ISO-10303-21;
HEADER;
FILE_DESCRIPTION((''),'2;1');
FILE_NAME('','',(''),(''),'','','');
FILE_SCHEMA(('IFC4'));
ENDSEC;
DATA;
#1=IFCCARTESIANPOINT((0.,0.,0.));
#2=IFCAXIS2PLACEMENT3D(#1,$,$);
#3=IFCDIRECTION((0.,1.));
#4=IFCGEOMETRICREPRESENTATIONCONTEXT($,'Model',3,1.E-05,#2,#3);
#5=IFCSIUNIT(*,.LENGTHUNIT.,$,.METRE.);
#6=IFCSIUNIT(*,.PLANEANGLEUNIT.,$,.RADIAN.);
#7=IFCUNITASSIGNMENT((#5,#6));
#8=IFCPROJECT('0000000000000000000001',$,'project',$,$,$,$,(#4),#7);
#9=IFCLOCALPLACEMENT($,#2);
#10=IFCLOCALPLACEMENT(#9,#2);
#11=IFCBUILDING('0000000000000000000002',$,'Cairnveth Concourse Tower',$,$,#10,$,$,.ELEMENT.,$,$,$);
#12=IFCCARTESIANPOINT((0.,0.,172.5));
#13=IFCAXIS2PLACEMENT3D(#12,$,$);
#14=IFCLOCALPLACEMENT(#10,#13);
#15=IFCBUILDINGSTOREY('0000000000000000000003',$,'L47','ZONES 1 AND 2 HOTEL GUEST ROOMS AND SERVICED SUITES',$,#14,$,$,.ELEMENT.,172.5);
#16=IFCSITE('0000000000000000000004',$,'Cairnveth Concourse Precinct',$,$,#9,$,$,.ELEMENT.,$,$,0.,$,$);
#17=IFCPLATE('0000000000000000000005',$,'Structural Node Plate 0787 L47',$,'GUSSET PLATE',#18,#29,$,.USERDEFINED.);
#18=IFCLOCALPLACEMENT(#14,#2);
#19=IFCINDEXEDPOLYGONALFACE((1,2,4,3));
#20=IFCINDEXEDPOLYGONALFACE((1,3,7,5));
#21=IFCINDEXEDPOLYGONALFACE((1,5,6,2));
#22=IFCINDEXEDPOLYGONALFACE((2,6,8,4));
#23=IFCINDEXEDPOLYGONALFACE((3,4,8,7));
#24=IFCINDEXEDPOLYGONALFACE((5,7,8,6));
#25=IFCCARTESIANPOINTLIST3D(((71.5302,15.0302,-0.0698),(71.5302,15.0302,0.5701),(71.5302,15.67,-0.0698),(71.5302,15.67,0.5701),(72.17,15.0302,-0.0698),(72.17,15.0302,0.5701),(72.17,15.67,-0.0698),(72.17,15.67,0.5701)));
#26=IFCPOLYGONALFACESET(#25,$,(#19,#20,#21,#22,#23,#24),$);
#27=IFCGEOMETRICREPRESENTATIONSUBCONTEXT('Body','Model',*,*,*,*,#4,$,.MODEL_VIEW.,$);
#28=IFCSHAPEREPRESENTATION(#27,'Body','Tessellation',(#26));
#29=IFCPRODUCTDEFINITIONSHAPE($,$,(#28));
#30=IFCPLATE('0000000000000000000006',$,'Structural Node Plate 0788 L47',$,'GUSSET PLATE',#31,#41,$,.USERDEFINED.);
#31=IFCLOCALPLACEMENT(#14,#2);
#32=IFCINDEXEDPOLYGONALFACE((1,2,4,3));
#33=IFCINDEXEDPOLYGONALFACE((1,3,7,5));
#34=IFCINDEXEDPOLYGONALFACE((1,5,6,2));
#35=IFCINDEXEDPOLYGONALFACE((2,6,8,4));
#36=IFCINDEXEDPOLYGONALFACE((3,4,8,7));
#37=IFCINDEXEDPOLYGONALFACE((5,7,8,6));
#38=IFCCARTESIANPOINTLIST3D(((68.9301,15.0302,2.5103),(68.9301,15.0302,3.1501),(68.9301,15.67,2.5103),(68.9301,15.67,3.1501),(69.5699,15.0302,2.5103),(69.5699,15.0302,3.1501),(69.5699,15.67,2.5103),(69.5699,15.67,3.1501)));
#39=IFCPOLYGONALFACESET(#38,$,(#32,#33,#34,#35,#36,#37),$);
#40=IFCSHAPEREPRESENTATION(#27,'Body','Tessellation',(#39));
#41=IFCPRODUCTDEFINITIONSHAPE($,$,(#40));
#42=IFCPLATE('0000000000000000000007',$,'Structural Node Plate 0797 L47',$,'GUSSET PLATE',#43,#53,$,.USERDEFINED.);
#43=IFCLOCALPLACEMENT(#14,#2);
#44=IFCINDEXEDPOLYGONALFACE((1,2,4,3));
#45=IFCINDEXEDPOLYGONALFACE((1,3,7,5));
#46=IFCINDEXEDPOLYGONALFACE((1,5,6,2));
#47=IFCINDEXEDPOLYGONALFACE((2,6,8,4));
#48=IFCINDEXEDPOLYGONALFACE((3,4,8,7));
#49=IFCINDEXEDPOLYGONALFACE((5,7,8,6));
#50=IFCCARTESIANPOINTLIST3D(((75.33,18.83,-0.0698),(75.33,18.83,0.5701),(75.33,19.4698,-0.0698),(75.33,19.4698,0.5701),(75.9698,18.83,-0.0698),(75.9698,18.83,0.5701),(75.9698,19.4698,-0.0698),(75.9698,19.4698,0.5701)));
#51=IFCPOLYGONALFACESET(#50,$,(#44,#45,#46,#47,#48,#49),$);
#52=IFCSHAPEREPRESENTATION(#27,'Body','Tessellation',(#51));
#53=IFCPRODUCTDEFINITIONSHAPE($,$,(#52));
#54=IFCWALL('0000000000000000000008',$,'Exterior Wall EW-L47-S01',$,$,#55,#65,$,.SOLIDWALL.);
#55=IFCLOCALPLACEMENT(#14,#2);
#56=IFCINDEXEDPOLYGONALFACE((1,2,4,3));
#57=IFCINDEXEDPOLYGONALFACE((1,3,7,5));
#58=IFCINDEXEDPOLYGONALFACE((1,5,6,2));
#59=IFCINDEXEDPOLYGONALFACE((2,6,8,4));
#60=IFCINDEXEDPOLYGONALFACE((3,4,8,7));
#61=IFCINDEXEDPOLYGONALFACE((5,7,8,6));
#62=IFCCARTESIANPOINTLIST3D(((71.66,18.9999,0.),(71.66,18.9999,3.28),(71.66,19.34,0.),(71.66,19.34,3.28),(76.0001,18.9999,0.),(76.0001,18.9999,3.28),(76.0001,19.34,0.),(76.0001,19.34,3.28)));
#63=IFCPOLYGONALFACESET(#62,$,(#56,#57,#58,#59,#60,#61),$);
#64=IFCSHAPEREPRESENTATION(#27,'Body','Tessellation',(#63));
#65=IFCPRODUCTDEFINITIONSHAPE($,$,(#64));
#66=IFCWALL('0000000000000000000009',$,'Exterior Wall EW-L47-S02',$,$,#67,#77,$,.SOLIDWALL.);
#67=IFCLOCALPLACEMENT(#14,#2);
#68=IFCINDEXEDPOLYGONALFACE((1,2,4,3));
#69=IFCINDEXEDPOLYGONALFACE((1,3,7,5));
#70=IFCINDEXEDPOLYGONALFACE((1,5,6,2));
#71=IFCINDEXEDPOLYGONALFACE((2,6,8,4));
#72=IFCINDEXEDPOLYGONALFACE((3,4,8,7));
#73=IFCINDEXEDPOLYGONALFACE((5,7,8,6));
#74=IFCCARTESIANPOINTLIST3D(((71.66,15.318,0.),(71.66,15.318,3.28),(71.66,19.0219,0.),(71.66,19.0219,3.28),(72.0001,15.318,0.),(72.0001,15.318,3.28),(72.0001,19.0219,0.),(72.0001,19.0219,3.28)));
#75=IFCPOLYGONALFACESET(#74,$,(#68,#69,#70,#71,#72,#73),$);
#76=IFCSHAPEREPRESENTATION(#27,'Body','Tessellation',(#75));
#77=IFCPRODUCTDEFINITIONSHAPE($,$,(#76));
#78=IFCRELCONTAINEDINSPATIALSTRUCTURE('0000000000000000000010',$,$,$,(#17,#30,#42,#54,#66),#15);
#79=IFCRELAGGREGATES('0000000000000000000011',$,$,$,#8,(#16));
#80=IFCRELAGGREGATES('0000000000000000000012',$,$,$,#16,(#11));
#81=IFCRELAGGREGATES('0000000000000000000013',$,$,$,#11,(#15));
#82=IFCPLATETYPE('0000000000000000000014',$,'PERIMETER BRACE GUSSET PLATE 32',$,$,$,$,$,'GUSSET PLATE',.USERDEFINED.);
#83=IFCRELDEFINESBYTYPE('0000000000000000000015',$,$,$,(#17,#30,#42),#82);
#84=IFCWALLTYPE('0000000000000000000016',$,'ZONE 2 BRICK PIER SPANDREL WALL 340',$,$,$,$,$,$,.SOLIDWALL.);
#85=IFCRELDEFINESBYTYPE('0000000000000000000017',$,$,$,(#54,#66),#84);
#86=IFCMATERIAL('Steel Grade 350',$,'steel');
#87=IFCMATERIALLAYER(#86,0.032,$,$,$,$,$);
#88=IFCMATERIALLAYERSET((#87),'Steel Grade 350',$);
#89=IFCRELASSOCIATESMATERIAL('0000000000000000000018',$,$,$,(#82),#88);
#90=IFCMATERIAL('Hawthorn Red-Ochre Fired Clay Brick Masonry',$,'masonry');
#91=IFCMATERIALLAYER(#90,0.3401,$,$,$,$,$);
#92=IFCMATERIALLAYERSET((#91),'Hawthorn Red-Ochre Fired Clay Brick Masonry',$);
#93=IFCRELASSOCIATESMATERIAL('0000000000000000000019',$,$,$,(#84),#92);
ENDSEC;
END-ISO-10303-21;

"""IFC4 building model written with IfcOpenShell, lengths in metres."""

from ifc_helpers import new_model, si_unit, direction, frame, frame_2d, origin, origin_2d, place, context, subcontext, project, spatial, rectangle, extrude, material, layer, layer_set, type_object, element, save


model = new_model("IFC4")

# Units and contexts
model_context = context("Model", 3, precision=1e-05, world=origin(), true_north=direction((0.0, 1.0)))
body_context = subcontext(model_context, "Body", "Model", "MODEL_VIEW")
ifc_project = project(units=[si_unit("LENGTHUNIT", "METRE"), si_unit("PLANEANGLEUNIT", "RADIAN")], contexts=[model_context])

# Site, building, storey
site_placement = place(None, origin())
site = spatial("IfcSite", under=ifc_project, at=site_placement, Name="Cairnveth Concourse Precinct", CompositionType="ELEMENT", RefElevation=0.0)
building_placement = place(site_placement, origin())
building = spatial("IfcBuilding", under=site, at=building_placement, Name="Cairnveth Concourse Tower", CompositionType="ELEMENT")
storey_placement = place(building_placement, frame((0.0, 0.0, 172.5)))
storey = spatial("IfcBuildingStorey", under=building, at=storey_placement, Name="L47", Description="ZONES 1 AND 2 HOTEL GUEST ROOMS AND SERVICED SUITES", CompositionType="ELEMENT", Elevation=172.5)

# Shared definitions
ifc_material_1 = material(Name="Steel Grade 350", Category="steel")

# Plates
ifc_layer_1 = layer(ifc_material_1, 0.032)
ifc_layer_set_1 = layer_set([ifc_layer_1], Name="Steel Grade 350")
plate_type = type_object("IfcPlateType", Name="PERIMETER BRACE GUSSET PLATE 32", ElementType="GUSSET PLATE", PredefinedType="USERDEFINED", material=ifc_layer_set_1)
for number, where, z_axis, x_axis, name in (
    (1, (71.8501, 15.3501, -0.0698), (0.0, 0.0, 1.0), (1.0, 0.0, 0.0), "Structural Node Plate 0787 L47"),
    (2, (69.25, 15.3501, 2.5103), (0.0, 0.0, 1.0), (1.0, 0.0, 0.0), "Structural Node Plate 0788 L47"),
    (3, (75.6499, 19.1499, -0.0698), (0.0, 0.0, 1.0), (1.0, 0.0, 0.0), "Structural Node Plate 0797 L47"),
):
    element("IfcPlate", number, at=place(storey_placement, frame(where, z_axis=z_axis, x_axis=x_axis)), inside=storey, type_object=plate_type, Name=name, ObjectType="GUSSET PLATE", PredefinedType="USERDEFINED", context=body_context, shape_type="SweptSolid", body=[
        extrude(rectangle(XDim=0.6399, YDim=0.6399, at=origin_2d()), origin(), (0.0, 0.0, 1.0), 0.6399),
    ])

# Walls
ifc_material_2 = material(Name="Hawthorn Red-Ochre Fired Clay Brick Masonry", Category="masonry")
ifc_layer_2 = layer(ifc_material_2, 0.3401)
ifc_layer_set_2 = layer_set([ifc_layer_2], Name="Hawthorn Red-Ochre Fired Clay Brick Masonry")
wall_type = type_object("IfcWallType", Name="ZONE 2 BRICK PIER SPANDREL WALL 340", PredefinedType="SOLIDWALL", material=ifc_layer_set_2)
wall_1_placement = place(storey_placement, frame((76.0, 19.1699, 0.0), z_axis=(0.0, 0.0, 1.0), x_axis=(-1.0, 0.0, 0.0)))
element("IfcWall", 4, at=wall_1_placement, inside=storey, type_object=wall_type, Name="Exterior Wall EW-L47-S01", PredefinedType="SOLIDWALL", context=body_context, shape_type="SweptSolid", body=[
    extrude(rectangle(XDim=4.3401, YDim=0.3401, at=frame_2d((2.1699, 0.0))), origin(), (0.0, 0.0, 1.0), 3.28),
])
wall_2_placement = place(storey_placement, frame((71.8301, 19.022, 0.0), z_axis=(0.0, 0.0, 1.0), x_axis=(0.0, -1.0, 0.0)))
element("IfcWall", 5, at=wall_2_placement, inside=storey, type_object=wall_type, Name="Exterior Wall EW-L47-S02", PredefinedType="SOLIDWALL", context=body_context, shape_type="SweptSolid", body=[
    extrude(rectangle(XDim=3.7039, YDim=0.3401, at=frame_2d((1.8521, 0.0))), origin(), (0.0, 0.0, 1.0), 3.28),
])

save(model, "model.ifc")
